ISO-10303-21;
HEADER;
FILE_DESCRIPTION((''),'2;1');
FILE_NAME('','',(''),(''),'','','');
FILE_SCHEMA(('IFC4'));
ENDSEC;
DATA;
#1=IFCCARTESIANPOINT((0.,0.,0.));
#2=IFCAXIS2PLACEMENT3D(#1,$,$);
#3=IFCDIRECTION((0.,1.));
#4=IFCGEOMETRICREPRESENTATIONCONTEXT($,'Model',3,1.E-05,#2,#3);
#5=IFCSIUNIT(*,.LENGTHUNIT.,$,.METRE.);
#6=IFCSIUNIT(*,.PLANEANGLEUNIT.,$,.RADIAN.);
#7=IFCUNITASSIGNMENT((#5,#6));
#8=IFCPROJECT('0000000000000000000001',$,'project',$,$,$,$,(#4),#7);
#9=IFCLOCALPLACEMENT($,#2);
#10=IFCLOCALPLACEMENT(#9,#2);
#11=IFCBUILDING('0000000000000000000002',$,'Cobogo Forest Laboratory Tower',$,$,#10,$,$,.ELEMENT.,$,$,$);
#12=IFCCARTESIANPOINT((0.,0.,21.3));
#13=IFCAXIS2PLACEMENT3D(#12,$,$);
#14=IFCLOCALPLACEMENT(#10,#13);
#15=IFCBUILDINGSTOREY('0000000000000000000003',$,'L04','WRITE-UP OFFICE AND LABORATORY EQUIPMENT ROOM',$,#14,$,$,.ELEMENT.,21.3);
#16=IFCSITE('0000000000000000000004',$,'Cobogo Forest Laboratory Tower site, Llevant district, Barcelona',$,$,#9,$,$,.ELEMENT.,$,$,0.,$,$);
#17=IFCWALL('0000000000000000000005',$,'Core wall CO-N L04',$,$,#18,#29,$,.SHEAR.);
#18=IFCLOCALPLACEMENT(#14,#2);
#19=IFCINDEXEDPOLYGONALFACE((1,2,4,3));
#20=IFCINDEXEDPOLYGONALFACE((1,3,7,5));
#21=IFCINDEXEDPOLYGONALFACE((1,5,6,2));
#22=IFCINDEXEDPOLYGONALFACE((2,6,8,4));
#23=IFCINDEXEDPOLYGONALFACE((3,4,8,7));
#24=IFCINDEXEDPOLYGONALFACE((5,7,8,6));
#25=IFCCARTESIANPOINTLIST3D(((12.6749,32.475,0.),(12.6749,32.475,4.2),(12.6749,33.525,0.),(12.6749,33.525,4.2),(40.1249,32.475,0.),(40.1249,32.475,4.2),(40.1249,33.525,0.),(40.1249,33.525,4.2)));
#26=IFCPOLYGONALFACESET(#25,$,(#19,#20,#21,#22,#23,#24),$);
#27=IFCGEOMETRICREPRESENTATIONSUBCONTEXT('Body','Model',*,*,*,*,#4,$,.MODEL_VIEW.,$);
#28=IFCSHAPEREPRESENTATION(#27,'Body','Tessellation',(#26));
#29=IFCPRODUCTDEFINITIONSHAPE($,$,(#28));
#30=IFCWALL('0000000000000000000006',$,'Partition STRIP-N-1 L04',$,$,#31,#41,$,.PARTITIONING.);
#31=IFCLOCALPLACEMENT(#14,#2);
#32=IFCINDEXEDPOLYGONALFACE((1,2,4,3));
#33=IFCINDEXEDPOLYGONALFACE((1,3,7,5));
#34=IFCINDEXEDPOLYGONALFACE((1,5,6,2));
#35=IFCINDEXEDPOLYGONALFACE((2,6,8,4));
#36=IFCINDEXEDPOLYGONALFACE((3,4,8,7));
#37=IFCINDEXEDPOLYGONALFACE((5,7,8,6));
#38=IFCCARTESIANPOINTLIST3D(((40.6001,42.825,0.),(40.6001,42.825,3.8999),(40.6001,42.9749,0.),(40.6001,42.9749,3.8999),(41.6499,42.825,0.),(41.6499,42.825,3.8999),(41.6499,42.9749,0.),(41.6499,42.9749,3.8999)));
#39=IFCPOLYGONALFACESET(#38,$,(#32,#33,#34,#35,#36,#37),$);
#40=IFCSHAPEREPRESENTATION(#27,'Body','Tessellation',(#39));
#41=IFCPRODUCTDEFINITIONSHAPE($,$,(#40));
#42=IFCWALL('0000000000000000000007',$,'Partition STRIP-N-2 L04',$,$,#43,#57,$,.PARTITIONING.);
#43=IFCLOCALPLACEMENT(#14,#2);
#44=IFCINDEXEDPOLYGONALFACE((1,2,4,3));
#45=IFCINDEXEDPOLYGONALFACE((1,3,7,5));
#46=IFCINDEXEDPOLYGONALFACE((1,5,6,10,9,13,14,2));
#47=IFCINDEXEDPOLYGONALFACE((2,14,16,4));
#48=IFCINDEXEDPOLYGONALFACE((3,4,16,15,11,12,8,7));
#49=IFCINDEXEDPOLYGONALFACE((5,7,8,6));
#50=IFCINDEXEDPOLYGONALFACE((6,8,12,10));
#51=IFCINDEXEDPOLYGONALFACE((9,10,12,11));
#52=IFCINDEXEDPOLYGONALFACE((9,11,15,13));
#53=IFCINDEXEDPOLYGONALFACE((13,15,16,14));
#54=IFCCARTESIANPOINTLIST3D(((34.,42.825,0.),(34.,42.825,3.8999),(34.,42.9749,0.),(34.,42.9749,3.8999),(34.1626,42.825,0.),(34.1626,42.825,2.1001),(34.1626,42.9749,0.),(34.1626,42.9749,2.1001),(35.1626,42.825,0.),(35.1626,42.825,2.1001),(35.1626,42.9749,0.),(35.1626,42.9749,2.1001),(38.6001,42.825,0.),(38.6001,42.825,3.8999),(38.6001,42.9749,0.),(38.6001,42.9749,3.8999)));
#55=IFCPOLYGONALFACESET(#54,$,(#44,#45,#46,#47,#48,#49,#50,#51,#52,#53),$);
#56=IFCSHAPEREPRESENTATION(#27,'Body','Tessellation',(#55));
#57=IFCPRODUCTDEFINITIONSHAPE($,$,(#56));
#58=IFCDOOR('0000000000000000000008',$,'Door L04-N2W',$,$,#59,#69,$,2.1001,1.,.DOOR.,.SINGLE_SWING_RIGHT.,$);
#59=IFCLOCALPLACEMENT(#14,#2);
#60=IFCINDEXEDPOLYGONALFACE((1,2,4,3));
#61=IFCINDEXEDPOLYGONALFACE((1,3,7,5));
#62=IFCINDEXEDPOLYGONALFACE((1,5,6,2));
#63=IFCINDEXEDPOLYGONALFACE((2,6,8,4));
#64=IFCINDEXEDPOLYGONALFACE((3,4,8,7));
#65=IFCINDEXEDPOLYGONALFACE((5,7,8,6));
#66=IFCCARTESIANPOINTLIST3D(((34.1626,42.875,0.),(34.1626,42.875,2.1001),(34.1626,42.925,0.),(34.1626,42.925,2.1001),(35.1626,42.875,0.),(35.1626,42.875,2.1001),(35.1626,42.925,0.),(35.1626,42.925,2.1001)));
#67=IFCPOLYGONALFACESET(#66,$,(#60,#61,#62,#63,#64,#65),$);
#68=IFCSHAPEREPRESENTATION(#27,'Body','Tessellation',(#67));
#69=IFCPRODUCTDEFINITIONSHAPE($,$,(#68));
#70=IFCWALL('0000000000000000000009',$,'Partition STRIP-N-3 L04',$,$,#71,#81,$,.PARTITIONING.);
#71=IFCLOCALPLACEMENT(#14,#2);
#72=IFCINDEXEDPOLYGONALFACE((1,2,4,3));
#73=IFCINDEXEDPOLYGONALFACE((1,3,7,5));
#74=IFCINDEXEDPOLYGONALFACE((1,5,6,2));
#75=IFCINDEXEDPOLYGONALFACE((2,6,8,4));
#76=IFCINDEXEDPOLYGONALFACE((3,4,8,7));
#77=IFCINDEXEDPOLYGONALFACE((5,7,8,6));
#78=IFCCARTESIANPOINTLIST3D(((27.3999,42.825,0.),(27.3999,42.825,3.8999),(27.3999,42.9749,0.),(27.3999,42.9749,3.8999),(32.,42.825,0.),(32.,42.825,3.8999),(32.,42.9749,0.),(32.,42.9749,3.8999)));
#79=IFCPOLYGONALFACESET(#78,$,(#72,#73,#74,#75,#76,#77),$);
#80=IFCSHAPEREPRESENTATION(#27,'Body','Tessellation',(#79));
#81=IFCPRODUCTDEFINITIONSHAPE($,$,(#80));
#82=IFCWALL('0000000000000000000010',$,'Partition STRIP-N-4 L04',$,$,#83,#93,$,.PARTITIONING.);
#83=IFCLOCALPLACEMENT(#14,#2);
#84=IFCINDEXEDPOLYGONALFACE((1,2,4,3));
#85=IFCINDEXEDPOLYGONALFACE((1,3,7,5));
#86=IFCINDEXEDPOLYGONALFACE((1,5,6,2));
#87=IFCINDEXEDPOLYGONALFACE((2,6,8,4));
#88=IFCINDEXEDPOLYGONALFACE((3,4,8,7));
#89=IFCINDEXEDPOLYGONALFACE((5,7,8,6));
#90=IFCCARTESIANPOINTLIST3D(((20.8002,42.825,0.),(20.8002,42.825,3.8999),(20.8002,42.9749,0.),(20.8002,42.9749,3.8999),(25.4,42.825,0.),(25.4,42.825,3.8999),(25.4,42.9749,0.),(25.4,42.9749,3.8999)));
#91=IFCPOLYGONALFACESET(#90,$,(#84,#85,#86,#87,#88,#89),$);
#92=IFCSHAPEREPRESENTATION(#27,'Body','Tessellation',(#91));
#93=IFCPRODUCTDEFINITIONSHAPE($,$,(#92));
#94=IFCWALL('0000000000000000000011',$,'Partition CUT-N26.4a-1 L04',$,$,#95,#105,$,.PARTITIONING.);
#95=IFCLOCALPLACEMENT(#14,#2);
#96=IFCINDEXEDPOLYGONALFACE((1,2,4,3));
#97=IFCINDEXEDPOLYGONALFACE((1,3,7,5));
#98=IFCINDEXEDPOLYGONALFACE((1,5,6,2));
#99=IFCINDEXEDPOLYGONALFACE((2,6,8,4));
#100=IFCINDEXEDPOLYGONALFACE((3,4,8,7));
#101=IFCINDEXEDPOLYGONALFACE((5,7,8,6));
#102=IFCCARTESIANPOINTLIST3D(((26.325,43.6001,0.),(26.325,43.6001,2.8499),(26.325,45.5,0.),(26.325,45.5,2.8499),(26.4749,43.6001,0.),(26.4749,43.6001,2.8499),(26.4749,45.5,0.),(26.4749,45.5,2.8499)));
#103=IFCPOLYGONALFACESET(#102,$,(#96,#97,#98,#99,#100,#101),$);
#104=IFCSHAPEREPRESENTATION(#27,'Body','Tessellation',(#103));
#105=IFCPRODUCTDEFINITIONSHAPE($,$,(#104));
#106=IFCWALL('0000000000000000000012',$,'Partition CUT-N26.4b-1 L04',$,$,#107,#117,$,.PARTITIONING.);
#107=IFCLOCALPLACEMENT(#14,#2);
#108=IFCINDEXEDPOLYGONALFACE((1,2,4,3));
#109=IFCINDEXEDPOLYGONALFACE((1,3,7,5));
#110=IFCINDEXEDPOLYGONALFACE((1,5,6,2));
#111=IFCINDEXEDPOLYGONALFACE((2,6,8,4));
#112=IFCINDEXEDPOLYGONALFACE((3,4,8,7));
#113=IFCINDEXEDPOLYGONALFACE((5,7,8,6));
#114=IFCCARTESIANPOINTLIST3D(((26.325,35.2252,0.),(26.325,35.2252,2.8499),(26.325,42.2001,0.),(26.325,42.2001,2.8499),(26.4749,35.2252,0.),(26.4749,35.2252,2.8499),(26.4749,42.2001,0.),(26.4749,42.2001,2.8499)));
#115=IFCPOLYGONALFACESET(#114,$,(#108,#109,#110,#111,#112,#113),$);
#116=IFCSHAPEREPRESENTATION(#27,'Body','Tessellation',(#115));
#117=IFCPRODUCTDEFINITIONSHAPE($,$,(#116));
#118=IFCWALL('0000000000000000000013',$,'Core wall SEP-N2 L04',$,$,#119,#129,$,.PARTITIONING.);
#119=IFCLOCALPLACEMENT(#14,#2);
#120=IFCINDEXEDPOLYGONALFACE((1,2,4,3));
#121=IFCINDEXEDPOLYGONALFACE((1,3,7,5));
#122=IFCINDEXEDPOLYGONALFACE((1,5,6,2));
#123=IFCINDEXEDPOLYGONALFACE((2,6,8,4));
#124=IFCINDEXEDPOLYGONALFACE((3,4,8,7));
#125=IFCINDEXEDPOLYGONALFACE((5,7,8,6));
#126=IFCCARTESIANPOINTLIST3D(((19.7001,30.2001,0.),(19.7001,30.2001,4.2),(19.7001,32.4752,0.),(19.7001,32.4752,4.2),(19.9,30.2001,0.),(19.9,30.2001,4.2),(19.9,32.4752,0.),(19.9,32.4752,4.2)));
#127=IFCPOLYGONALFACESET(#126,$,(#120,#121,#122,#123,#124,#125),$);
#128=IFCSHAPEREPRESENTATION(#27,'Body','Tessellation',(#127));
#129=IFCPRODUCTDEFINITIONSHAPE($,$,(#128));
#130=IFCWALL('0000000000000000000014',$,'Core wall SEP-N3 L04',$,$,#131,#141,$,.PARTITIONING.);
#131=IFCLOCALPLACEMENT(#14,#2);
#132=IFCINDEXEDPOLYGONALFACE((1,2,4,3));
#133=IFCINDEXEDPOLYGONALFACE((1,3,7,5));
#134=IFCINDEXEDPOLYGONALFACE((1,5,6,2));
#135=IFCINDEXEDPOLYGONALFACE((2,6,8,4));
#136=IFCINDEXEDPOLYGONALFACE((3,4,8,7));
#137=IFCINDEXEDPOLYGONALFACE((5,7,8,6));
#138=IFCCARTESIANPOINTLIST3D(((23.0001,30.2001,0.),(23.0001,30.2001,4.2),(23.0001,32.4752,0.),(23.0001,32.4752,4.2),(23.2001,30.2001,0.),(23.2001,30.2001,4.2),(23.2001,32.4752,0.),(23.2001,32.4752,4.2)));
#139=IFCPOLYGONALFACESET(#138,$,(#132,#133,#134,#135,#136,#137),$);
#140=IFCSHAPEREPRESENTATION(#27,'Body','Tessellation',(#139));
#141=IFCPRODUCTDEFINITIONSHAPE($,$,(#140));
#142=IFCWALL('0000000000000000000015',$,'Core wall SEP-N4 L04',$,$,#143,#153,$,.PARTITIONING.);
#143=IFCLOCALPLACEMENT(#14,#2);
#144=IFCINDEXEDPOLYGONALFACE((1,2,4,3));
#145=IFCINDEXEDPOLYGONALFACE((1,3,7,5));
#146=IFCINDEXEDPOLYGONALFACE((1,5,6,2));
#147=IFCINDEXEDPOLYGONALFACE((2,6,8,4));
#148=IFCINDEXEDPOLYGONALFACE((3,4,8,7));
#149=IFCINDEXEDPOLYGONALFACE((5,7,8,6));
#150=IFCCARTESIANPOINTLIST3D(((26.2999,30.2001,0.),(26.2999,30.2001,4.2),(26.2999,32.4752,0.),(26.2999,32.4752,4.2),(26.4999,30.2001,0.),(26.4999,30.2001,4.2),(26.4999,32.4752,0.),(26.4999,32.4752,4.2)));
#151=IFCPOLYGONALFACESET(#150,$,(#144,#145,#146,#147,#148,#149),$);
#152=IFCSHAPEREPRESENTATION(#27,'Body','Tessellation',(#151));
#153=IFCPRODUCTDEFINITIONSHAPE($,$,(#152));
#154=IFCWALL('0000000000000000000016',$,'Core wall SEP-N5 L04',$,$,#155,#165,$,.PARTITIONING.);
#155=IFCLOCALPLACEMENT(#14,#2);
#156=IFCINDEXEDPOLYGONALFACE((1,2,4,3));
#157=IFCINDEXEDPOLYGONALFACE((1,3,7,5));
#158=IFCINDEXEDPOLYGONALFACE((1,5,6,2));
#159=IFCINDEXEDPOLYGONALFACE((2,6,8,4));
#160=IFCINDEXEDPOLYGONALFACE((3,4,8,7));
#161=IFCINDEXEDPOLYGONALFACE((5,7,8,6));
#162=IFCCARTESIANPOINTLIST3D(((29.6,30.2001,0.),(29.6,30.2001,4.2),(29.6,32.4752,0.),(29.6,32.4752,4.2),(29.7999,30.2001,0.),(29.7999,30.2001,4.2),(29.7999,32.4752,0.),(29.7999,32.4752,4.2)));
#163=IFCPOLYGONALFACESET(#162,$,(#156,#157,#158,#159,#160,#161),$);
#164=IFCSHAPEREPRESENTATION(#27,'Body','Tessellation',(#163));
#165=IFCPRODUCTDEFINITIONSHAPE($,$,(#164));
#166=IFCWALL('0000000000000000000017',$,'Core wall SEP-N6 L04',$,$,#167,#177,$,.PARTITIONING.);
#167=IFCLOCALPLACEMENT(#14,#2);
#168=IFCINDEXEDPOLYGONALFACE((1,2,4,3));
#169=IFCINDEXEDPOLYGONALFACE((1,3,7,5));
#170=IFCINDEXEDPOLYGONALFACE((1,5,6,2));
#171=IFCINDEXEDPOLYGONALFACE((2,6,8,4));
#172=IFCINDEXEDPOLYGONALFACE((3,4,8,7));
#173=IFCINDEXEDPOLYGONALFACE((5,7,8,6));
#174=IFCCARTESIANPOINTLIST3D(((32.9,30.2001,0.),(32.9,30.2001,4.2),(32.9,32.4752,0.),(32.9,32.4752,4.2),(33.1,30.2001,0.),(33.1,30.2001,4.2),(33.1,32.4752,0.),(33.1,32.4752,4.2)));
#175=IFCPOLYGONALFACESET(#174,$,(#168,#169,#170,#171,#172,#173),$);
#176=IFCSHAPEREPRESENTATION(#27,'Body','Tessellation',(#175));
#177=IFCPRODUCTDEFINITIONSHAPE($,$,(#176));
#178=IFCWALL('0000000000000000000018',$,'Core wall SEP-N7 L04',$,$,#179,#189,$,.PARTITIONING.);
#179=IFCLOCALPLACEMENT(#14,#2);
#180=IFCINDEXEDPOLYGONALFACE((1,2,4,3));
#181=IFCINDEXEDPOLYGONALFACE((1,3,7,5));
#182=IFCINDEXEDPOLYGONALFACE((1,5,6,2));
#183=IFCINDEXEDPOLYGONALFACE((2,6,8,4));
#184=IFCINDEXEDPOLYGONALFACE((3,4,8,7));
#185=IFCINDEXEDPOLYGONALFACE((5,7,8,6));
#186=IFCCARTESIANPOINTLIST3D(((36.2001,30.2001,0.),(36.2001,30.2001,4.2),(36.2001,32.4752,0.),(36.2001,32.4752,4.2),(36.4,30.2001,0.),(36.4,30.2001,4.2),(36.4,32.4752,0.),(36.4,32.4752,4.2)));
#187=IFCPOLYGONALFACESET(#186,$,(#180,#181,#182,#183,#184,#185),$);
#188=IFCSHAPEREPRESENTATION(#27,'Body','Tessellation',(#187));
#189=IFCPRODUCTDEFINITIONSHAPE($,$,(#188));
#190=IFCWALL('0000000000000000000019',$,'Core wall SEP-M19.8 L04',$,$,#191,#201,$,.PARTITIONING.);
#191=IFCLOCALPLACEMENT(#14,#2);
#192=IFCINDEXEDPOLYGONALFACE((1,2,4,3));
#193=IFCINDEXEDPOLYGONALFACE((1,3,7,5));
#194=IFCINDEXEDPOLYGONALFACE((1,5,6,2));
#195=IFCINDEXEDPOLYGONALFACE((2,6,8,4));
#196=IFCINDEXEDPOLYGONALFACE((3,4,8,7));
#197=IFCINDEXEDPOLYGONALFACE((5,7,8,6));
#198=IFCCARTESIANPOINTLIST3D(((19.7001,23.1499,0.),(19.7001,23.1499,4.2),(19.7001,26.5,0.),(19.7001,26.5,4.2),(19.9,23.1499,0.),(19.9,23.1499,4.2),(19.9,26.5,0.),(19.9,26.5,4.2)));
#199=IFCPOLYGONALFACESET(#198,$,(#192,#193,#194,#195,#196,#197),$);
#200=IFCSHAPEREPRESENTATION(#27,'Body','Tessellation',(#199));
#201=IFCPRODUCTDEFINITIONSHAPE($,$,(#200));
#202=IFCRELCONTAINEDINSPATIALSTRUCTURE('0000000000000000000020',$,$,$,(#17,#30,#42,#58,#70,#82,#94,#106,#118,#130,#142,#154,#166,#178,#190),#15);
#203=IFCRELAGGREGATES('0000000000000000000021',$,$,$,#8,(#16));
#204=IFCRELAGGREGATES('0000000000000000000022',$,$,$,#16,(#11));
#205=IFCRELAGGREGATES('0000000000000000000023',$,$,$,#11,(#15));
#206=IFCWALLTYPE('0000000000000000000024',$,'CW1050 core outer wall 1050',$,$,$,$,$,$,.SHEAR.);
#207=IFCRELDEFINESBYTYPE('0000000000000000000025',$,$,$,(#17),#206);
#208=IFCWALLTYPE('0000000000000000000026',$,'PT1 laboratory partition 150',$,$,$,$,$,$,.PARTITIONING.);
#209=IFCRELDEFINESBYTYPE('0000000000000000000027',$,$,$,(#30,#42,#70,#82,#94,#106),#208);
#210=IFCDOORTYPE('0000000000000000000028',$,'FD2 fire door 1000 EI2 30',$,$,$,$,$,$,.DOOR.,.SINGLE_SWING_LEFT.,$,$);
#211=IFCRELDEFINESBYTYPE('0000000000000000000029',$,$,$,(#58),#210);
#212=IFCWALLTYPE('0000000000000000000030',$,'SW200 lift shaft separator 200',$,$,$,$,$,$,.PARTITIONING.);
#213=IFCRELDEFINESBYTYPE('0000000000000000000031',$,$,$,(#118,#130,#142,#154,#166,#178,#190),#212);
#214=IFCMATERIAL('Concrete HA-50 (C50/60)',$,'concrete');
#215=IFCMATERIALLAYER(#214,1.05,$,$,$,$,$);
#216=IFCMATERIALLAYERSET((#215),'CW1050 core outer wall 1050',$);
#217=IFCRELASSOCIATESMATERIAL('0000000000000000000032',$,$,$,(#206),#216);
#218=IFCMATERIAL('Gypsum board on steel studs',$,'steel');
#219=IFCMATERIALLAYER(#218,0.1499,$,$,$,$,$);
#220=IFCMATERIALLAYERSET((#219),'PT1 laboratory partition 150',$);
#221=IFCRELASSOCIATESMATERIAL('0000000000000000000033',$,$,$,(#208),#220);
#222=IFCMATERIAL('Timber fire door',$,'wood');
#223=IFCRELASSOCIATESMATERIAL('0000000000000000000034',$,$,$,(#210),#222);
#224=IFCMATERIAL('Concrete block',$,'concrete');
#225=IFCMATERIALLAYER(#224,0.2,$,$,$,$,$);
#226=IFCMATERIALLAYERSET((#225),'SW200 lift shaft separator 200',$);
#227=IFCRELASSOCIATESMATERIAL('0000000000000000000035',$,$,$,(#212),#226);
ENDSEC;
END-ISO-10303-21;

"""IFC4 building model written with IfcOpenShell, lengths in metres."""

from ifc_helpers import new_model, si_unit, direction, frame, frame_2d, origin, place, context, subcontext, project, spatial, rectangle, extrude, material, layer, layer_set, type_object, element, fill, save


model = new_model("IFC4")

# Units and contexts
model_context = context("Model", 3, precision=1e-05, world=origin(), true_north=direction((0.0, 1.0)))
body_context = subcontext(model_context, "Body", "Model", "MODEL_VIEW")
ifc_project = project(units=[si_unit("LENGTHUNIT", "METRE"), si_unit("PLANEANGLEUNIT", "RADIAN")], contexts=[model_context])

# Site, building, storey
site_placement = place(None, origin())
site = spatial("IfcSite", under=ifc_project, at=site_placement, Name="Cobogo Forest Laboratory Tower site, Llevant district, Barcelona", CompositionType="ELEMENT", RefElevation=0.0)
building_placement = place(site_placement, origin())
building = spatial("IfcBuilding", under=site, at=building_placement, Name="Cobogo Forest Laboratory Tower", CompositionType="ELEMENT")
storey_placement = place(building_placement, frame((0.0, 0.0, 21.3)))
storey = spatial("IfcBuildingStorey", under=building, at=storey_placement, Name="L04", Description="WRITE-UP OFFICE AND LABORATORY EQUIPMENT ROOM", CompositionType="ELEMENT", Elevation=21.3)

# Shared definitions
ifc_material_1 = material(Name="Concrete HA-50 (C50/60)", Category="concrete")

# Walls
ifc_layer_1 = layer(ifc_material_1, 1.05)
ifc_layer_set_1 = layer_set([ifc_layer_1], Name="CW1050 core outer wall 1050")
wall_type_1 = type_object("IfcWallType", Name="CW1050 core outer wall 1050", PredefinedType="SHEAR", material=ifc_layer_set_1)
wall_1_placement = place(storey_placement, frame((40.125, 33.0, 0.0), z_axis=(0.0, 0.0, 1.0), x_axis=(-1.0, 0.0, 0.0)))
element("IfcWall", 1, at=wall_1_placement, inside=storey, type_object=wall_type_1, Name="Core wall CO-N L04", PredefinedType="SHEAR", context=body_context, shape_type="SweptSolid", body=[
    extrude(rectangle(XDim=27.45, YDim=1.05, at=frame_2d((13.7251, 0.0))), origin(), (0.0, 0.0, 1.0), 4.2),
])
ifc_material_2 = material(Name="Gypsum board on steel studs", Category="steel")
ifc_layer_2 = layer(ifc_material_2, 0.1499)
ifc_layer_set_2 = layer_set([ifc_layer_2], Name="PT1 laboratory partition 150")
wall_type_2 = type_object("IfcWallType", Name="PT1 laboratory partition 150", PredefinedType="PARTITIONING", material=ifc_layer_set_2)
wall_2_placement = place(storey_placement, frame((41.6499, 42.8999, 0.0), z_axis=(0.0, 0.0, 1.0), x_axis=(-1.0, 0.0, 0.0)))
element("IfcWall", 2, at=wall_2_placement, inside=storey, type_object=wall_type_2, Name="Partition STRIP-N-1 L04", PredefinedType="PARTITIONING", context=body_context, shape_type="SweptSolid", body=[
    extrude(rectangle(XDim=1.0498, YDim=0.1499, at=frame_2d((0.5249, 0.0))), origin(), (0.0, 0.0, 1.0), 3.8999),
])

# Wall, opening, door
wall_3_placement = place(storey_placement, frame((38.6001, 42.8999, 0.0), z_axis=(0.0, 0.0, 1.0), x_axis=(-1.0, 0.0, 0.0)))
wall_3 = element("IfcWall", 3, at=wall_3_placement, inside=storey, type_object=wall_type_2, Name="Partition STRIP-N-2 L04", PredefinedType="PARTITIONING", context=body_context, shape_type="SweptSolid", body=[
    extrude(rectangle(XDim=4.6001, YDim=0.1499, at=frame_2d((2.3, 0.0))), origin(), (0.0, 0.0, 1.0), 3.8999),
])
opening_placement = place(wall_3_placement, frame((3.4375, 0.0, 0.0)))
opening = element("IfcOpeningElement", 4, at=opening_placement, cuts=wall_3, PredefinedType="OPENING", context=body_context, shape_type="SweptSolid", body=[
    extrude(rectangle(XDim=1.0, YDim=2.1001, at=frame_2d((0.5, 1.05))), frame((0.0, 0.085, 0.0), z_axis=(0.0, -1.0, 0.0), x_axis=(1.0, 0.0, 0.0)), (0.0, 0.0, 1.0), 0.1699),
])
ifc_material_3 = material(Name="Timber fire door", Category="wood")
door_type = type_object("IfcDoorType", Name="FD2 fire door 1000 EI2 30", OperationType="SINGLE_SWING_LEFT", PredefinedType="DOOR", material=ifc_material_3)
door_placement = place(opening_placement, origin())
door = element("IfcDoor", 5, at=door_placement, inside=storey, type_object=door_type, Name="Door L04-N2W", OperationType="SINGLE_SWING_RIGHT", OverallHeight=2.1001, OverallWidth=1.0, PredefinedType="DOOR", context=body_context, shape_type="SweptSolid", body=[
    extrude(rectangle(XDim=1.0, YDim=2.1001, at=frame_2d((0.5, 1.05))), frame((0.0, 0.0249, 0.0), z_axis=(0.0, -1.0, 0.0), x_axis=(1.0, 0.0, 0.0)), (0.0, 0.0, 1.0), 0.05),
])
fill(opening, door)

# Walls
wall_4_placement = place(storey_placement, frame((32.0, 42.8999, 0.0), z_axis=(0.0, 0.0, 1.0), x_axis=(-1.0, 0.0, 0.0)))
element("IfcWall", 6, at=wall_4_placement, inside=storey, type_object=wall_type_2, Name="Partition STRIP-N-3 L04", PredefinedType="PARTITIONING", context=body_context, shape_type="SweptSolid", body=[
    extrude(rectangle(XDim=4.6001, YDim=0.1499, at=frame_2d((2.3, 0.0))), origin(), (0.0, 0.0, 1.0), 3.8999),
])
wall_5_placement = place(storey_placement, frame((25.3999, 42.8999, 0.0), z_axis=(0.0, 0.0, 1.0), x_axis=(-1.0, 0.0, 0.0)))
element("IfcWall", 7, at=wall_5_placement, inside=storey, type_object=wall_type_2, Name="Partition STRIP-N-4 L04", PredefinedType="PARTITIONING", context=body_context, shape_type="SweptSolid", body=[
    extrude(rectangle(XDim=4.5999, YDim=0.1499, at=frame_2d((2.2998, 0.0))), origin(), (0.0, 0.0, 1.0), 3.8999),
])
wall_6_placement = place(storey_placement, frame((26.3999, 45.5, 0.0), z_axis=(0.0, 0.0, 1.0), x_axis=(0.0, -1.0, 0.0)))
element("IfcWall", 8, at=wall_6_placement, inside=storey, type_object=wall_type_2, Name="Partition CUT-N26.4a-1 L04", PredefinedType="PARTITIONING", context=body_context, shape_type="SweptSolid", body=[
    extrude(rectangle(XDim=1.8999, YDim=0.1499, at=frame_2d((0.95, 0.0))), origin(), (0.0, 0.0, 1.0), 2.8499),
])
wall_7_placement = place(storey_placement, frame((26.3999, 42.2, 0.0), z_axis=(0.0, 0.0, 1.0), x_axis=(0.0, -1.0, 0.0)))
element("IfcWall", 9, at=wall_7_placement, inside=storey, type_object=wall_type_2, Name="Partition CUT-N26.4b-1 L04", PredefinedType="PARTITIONING", context=body_context, shape_type="SweptSolid", body=[
    extrude(rectangle(XDim=6.9749, YDim=0.1499, at=frame_2d((3.4873, 0.0))), origin(), (0.0, 0.0, 1.0), 2.8499),
])
ifc_material_4 = material(Name="Concrete block", Category="concrete")
ifc_layer_3 = layer(ifc_material_4, 0.2)
ifc_layer_set_3 = layer_set([ifc_layer_3], Name="SW200 lift shaft separator 200")
wall_type_3 = type_object("IfcWallType", Name="SW200 lift shaft separator 200", PredefinedType="PARTITIONING", material=ifc_layer_set_3)
for number, where, z_axis, x_axis, name in (
    (10, (19.8, 30.2, 0.0), (0.0, 0.0, 1.0), (0.0, 1.0, 0.0), "Core wall SEP-N2 L04"),
    (11, (23.1001, 30.2, 0.0), (0.0, 0.0, 1.0), (0.0, 1.0, 0.0), "Core wall SEP-N3 L04"),
    (12, (26.3999, 30.2, 0.0), (0.0, 0.0, 1.0), (0.0, 1.0, 0.0), "Core wall SEP-N4 L04"),
    (13, (29.7, 30.2, 0.0), (0.0, 0.0, 1.0), (0.0, 1.0, 0.0), "Core wall SEP-N5 L04"),
    (14, (33.0, 30.2, 0.0), (0.0, 0.0, 1.0), (0.0, 1.0, 0.0), "Core wall SEP-N6 L04"),
    (15, (36.3, 30.2, 0.0), (0.0, 0.0, 1.0), (0.0, 1.0, 0.0), "Core wall SEP-N7 L04"),
):
    element("IfcWall", number, at=place(storey_placement, frame(where, z_axis=z_axis, x_axis=x_axis)), inside=storey, type_object=wall_type_3, Name=name, PredefinedType="PARTITIONING", context=body_context, shape_type="SweptSolid", body=[
        extrude(rectangle(XDim=2.2751, YDim=0.2, at=frame_2d((1.1377, 0.0))), origin(), (0.0, 0.0, 1.0), 4.2),
    ])
for number, where, z_axis, x_axis, name in (
    (16, (19.8, 23.1499, 0.0), (0.0, 0.0, 1.0), (0.0, 1.0, 0.0), "Core wall SEP-M19.8 L04"),
):
    element("IfcWall", number, at=place(storey_placement, frame(where, z_axis=z_axis, x_axis=x_axis)), inside=storey, type_object=wall_type_3, Name=name, PredefinedType="PARTITIONING", context=body_context, shape_type="SweptSolid", body=[
        extrude(rectangle(XDim=3.3501, YDim=0.2, at=frame_2d((1.675, 0.0))), origin(), (0.0, 0.0, 1.0), 4.2),
    ])

save(model, "model.ifc")
